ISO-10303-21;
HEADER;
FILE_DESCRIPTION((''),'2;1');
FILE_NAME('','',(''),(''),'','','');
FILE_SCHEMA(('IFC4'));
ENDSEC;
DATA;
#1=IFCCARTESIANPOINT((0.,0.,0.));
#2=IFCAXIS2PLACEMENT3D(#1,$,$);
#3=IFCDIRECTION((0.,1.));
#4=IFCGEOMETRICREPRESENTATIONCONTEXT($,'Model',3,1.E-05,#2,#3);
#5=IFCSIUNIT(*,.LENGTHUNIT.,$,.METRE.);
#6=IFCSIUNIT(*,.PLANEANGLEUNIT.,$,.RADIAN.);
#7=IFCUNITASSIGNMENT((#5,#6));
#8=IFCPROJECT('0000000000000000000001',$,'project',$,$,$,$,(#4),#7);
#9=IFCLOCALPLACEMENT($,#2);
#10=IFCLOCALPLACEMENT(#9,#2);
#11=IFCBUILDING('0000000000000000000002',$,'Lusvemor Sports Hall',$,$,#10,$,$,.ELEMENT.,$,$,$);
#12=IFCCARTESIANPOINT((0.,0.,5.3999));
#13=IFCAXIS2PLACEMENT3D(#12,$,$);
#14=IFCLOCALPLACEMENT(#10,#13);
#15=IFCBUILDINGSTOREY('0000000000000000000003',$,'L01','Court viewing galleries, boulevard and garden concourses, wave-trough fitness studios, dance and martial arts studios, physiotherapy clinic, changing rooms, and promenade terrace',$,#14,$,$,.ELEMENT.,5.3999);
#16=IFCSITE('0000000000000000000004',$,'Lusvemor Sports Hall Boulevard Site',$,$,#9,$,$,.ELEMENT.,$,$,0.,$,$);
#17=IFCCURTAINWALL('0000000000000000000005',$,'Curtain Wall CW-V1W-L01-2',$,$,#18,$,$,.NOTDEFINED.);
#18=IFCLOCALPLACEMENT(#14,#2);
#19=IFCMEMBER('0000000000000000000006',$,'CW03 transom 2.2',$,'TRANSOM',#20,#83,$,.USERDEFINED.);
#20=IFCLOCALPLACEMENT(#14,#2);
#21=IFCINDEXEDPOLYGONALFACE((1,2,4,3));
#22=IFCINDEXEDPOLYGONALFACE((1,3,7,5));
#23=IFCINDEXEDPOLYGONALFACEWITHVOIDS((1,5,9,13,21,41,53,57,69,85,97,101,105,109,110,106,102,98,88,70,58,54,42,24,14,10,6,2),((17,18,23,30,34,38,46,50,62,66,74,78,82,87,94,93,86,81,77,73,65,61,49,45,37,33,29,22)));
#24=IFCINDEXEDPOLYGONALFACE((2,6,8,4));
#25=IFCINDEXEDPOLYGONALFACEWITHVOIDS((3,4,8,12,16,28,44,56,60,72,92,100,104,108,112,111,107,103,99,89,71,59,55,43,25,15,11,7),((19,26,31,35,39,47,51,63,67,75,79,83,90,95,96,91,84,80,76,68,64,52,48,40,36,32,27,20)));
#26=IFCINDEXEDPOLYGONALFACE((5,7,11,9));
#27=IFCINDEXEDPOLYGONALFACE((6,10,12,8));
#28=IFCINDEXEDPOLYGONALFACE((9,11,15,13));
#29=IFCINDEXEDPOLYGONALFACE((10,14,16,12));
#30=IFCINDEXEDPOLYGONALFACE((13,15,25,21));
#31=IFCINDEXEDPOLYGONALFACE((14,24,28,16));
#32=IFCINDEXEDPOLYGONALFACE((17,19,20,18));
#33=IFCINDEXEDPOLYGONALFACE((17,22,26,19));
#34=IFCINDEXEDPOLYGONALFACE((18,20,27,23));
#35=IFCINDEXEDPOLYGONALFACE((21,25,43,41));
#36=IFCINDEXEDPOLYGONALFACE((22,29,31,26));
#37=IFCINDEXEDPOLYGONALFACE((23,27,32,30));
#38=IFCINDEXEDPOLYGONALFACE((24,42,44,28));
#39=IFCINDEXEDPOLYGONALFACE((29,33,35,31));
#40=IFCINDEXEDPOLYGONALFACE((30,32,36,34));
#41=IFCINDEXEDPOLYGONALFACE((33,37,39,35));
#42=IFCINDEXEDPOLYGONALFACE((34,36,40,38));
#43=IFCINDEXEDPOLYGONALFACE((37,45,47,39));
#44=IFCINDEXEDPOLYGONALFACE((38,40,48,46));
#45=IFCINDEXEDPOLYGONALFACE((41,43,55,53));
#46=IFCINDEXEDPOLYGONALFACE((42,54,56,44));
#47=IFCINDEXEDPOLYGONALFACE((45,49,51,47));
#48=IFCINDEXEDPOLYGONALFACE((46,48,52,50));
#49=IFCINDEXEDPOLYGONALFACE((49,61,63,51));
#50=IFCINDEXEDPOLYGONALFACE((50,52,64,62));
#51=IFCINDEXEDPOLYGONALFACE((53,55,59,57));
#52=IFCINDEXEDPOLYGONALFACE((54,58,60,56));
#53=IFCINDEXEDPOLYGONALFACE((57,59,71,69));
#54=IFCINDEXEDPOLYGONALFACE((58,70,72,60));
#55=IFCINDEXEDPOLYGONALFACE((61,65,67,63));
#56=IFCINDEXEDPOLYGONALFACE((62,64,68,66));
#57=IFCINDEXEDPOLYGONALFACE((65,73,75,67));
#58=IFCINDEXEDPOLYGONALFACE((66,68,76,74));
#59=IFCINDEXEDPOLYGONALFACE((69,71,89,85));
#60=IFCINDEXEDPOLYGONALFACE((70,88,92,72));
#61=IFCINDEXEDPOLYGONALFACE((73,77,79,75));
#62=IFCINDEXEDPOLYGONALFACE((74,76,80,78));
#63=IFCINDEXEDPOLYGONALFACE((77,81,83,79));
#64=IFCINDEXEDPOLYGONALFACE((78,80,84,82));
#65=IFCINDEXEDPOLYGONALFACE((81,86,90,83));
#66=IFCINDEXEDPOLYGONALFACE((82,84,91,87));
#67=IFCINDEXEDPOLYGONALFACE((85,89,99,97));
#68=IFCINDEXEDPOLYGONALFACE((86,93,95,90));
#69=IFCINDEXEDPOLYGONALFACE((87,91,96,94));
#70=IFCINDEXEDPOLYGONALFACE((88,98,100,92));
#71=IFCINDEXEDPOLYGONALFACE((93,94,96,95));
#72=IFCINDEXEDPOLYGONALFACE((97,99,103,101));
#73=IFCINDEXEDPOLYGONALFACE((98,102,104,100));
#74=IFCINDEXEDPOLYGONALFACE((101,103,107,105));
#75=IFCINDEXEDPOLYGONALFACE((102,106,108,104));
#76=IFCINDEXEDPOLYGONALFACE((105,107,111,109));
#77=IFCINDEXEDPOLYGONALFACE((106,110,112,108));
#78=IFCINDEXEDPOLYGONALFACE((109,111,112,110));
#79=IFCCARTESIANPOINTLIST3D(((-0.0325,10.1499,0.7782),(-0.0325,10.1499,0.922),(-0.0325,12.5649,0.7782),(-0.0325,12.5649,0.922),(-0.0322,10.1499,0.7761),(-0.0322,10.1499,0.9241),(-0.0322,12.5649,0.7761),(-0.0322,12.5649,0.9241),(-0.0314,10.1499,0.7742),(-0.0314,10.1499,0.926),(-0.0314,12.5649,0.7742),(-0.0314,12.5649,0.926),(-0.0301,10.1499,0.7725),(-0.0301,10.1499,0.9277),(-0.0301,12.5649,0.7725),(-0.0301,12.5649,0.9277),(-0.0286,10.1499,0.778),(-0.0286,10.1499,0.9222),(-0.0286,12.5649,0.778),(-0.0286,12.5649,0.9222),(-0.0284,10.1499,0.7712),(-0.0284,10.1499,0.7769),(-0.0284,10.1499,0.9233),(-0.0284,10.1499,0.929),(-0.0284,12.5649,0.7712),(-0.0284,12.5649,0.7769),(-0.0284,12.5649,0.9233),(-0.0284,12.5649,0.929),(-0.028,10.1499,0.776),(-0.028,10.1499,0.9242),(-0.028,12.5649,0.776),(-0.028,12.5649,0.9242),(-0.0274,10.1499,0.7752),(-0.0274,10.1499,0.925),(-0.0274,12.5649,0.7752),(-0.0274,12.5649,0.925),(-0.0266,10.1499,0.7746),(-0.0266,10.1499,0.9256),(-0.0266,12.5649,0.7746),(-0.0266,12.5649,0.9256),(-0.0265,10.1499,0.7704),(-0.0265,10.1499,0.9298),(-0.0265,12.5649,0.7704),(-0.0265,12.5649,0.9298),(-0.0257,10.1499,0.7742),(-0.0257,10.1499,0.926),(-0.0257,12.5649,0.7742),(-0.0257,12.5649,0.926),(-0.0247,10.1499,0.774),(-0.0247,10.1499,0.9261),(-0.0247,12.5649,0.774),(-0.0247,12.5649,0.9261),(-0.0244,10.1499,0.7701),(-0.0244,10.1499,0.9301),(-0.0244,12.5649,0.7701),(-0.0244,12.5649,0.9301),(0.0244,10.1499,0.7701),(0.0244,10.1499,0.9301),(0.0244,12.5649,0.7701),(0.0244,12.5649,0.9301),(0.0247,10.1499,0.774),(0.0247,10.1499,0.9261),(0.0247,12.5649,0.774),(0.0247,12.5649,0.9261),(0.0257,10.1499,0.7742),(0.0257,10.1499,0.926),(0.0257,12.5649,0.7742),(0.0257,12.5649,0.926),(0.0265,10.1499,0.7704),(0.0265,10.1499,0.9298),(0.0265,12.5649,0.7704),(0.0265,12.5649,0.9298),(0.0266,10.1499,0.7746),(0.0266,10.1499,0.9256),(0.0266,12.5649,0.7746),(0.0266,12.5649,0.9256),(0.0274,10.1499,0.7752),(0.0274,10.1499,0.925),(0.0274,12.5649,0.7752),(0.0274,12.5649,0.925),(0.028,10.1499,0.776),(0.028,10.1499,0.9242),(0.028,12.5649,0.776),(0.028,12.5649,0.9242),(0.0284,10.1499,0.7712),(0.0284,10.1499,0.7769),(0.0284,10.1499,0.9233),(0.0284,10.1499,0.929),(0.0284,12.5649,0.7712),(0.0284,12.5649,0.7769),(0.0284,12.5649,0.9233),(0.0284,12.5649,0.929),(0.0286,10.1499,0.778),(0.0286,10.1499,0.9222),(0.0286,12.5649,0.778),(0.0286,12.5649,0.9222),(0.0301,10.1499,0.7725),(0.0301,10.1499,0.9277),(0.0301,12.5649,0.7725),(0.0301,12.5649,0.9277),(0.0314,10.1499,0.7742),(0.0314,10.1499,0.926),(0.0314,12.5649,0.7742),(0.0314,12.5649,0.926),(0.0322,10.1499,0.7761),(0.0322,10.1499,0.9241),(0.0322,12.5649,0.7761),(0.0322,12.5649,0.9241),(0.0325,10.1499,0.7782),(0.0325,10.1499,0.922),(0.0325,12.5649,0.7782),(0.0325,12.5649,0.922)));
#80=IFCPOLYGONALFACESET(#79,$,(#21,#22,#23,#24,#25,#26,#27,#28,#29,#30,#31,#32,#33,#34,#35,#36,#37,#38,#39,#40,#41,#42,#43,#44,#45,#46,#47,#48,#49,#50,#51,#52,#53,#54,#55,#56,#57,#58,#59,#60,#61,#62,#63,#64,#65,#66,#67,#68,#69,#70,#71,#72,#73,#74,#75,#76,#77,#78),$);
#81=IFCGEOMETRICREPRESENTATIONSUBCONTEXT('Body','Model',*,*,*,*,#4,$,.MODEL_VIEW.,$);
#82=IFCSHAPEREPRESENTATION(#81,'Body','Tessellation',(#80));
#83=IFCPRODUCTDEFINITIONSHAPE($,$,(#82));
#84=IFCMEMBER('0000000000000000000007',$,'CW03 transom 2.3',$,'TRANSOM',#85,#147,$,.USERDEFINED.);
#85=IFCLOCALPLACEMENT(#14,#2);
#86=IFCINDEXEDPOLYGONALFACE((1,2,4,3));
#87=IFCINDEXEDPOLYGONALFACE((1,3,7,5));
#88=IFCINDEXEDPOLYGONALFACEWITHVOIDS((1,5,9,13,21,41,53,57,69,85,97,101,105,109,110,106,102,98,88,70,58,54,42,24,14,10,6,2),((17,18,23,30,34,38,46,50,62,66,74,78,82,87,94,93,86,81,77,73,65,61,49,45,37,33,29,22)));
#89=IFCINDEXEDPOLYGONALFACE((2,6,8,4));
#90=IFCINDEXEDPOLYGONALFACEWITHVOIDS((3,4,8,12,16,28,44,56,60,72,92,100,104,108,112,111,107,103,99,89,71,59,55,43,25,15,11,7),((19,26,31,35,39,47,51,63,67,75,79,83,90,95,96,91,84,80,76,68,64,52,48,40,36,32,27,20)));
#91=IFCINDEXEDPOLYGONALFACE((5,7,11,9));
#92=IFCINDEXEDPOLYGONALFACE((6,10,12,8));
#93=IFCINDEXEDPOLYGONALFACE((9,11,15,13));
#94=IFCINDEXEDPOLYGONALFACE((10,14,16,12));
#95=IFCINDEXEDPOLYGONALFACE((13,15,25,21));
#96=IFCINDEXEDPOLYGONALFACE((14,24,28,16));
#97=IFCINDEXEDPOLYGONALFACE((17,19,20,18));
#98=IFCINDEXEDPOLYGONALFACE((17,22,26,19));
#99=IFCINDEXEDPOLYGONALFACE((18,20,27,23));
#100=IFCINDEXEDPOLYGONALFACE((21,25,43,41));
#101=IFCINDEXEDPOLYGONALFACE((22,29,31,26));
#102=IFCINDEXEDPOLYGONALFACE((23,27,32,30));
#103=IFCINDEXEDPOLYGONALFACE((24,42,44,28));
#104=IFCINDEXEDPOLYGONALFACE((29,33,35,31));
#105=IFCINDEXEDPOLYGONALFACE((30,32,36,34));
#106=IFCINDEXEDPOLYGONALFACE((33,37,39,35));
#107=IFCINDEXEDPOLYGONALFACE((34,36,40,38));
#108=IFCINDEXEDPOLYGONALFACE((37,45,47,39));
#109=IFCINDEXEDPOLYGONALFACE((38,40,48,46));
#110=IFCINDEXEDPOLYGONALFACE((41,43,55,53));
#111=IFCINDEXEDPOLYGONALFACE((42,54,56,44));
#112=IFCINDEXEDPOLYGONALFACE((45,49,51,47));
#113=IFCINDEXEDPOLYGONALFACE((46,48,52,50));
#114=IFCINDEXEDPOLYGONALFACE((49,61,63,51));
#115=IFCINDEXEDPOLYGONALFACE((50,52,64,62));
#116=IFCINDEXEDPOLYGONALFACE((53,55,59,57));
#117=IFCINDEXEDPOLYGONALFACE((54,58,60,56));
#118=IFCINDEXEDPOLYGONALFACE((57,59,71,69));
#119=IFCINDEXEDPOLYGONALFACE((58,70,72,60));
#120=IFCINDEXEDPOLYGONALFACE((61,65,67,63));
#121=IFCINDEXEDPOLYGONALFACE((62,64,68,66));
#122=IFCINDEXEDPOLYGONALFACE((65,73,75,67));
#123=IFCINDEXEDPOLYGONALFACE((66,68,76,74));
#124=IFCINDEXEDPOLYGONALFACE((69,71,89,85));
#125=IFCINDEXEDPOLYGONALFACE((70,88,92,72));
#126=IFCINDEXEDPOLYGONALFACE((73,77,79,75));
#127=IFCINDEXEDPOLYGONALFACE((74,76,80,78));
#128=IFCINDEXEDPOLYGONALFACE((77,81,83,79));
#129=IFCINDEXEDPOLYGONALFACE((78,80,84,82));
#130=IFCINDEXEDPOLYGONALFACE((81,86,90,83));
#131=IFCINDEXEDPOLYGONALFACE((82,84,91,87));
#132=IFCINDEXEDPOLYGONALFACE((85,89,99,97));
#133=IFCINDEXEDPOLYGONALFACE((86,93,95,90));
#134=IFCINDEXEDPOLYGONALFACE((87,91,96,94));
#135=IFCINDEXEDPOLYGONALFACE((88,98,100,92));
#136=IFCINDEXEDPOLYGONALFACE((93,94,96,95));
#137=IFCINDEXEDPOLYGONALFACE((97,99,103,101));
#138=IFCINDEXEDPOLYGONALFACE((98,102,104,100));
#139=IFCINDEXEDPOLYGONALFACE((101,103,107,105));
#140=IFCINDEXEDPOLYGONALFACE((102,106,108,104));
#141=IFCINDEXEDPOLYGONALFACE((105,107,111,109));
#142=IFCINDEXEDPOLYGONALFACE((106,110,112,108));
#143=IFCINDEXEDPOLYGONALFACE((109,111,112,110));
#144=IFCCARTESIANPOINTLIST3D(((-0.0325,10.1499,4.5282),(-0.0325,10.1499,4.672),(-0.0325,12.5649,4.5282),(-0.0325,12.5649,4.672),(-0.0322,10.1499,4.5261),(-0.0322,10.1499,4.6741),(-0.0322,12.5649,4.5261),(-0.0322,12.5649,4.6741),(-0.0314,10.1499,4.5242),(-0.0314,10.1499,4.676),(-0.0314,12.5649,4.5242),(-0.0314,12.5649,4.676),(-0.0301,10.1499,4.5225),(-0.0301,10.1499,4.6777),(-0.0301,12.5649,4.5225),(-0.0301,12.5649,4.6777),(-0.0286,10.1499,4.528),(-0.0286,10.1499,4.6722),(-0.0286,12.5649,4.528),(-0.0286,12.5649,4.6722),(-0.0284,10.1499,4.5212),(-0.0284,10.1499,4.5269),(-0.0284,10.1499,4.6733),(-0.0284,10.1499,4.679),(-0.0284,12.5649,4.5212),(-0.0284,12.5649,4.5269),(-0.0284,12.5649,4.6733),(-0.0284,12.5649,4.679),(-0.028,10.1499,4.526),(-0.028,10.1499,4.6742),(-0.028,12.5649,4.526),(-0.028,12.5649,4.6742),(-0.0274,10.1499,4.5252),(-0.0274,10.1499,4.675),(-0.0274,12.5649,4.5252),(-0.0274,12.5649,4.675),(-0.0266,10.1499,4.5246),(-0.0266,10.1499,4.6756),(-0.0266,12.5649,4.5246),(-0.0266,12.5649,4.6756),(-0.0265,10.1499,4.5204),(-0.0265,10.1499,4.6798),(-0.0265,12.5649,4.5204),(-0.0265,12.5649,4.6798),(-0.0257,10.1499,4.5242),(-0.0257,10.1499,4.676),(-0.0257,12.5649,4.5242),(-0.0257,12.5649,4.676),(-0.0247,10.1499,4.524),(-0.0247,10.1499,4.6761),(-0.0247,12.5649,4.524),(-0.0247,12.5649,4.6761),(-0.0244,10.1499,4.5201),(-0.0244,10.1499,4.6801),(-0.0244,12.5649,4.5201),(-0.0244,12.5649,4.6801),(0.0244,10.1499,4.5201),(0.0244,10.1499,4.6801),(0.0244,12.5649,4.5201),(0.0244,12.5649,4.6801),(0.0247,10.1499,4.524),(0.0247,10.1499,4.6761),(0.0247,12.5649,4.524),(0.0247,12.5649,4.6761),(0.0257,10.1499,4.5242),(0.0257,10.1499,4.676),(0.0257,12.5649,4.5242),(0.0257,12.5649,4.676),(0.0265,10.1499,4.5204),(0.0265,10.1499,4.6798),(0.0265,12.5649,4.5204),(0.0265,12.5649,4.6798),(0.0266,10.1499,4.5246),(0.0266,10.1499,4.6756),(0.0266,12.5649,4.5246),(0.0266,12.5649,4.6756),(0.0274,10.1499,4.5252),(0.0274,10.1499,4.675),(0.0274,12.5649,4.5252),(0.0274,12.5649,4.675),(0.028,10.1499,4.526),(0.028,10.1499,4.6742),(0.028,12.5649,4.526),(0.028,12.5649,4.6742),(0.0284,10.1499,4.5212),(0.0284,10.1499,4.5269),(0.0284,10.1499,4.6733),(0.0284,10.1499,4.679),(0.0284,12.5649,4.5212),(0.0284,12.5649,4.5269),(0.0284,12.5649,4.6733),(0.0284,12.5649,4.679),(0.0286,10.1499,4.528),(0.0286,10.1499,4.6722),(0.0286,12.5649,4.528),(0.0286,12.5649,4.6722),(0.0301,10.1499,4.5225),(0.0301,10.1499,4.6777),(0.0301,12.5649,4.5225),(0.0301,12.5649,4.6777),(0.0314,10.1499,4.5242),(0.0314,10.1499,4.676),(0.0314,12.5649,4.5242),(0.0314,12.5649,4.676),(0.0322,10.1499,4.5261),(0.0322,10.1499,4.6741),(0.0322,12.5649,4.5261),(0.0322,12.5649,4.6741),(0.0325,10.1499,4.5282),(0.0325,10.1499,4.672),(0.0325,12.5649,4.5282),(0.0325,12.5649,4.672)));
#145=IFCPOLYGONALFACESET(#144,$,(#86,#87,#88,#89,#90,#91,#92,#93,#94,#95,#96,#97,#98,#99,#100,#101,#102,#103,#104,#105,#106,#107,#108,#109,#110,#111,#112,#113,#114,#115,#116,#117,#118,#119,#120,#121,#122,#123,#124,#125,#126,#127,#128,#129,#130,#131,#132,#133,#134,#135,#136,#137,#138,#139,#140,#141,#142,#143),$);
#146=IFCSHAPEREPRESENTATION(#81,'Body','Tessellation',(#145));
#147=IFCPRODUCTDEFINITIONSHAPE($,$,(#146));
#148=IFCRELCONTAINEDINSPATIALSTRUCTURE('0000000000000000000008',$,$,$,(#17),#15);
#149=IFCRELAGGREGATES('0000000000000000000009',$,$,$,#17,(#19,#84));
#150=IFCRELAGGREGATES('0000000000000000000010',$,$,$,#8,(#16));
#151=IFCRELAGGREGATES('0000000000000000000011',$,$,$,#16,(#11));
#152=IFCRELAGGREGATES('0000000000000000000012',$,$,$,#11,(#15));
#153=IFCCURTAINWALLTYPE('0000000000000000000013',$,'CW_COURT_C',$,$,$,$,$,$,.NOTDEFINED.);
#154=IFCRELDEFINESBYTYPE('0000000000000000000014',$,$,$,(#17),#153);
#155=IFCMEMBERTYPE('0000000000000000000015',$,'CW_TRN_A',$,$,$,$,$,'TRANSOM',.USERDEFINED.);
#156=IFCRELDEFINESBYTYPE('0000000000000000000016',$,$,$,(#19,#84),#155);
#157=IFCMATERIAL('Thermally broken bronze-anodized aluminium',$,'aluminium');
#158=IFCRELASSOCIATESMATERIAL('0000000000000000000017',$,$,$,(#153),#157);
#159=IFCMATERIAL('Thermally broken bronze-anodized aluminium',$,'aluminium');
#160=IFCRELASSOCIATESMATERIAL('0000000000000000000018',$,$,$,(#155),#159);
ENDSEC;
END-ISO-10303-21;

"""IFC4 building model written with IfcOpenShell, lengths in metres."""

from ifc_helpers import new_model, si_unit, direction, frame, origin, origin_2d, place, context, subcontext, project, spatial, hollow_rectangle, extrude, material, material_profile, profile_set, type_object, element, aggregate, save


model = new_model("IFC4")

# Units and contexts
model_context = context("Model", 3, precision=1e-05, world=origin(), true_north=direction((0.0, 1.0)))
body_context = subcontext(model_context, "Body", "Model", "MODEL_VIEW")
ifc_project = project(units=[si_unit("LENGTHUNIT", "METRE"), si_unit("PLANEANGLEUNIT", "RADIAN")], contexts=[model_context])

# Site, building, storey
site_placement = place(None, origin())
site = spatial("IfcSite", under=ifc_project, at=site_placement, Name="Lusvemor Sports Hall Boulevard Site", CompositionType="ELEMENT", RefElevation=0.0)
building_placement = place(site_placement, origin())
building = spatial("IfcBuilding", under=site, at=building_placement, Name="Lusvemor Sports Hall", CompositionType="ELEMENT")
storey_placement = place(building_placement, frame((0.0, 0.0, 5.3999)))
storey = spatial("IfcBuildingStorey", under=building, at=storey_placement, Name="L01", Description="Court viewing galleries, boulevard and garden concourses, wave-trough fitness studios, dance and martial arts studios, physiotherapy clinic, changing rooms, and promenade terrace", CompositionType="ELEMENT", Elevation=5.3999)

# Curtain wall, members
ifc_material_1 = material(Name="Thermally broken bronze-anodized aluminium", Category="aluminium")
curtain_wall_type = type_object("IfcCurtainWallType", Name="CW_COURT_C", PredefinedType="NOTDEFINED", material=ifc_material_1)
curtain_wall_placement = place(storey_placement, origin())
curtain_wall = element("IfcCurtainWall", 1, at=curtain_wall_placement, inside=storey, type_object=curtain_wall_type, Name="Curtain Wall CW-V1W-L01-2", PredefinedType="NOTDEFINED")
ifc_material_2 = material(Name="Thermally broken bronze-anodized aluminium", Category="aluminium")
ifc_material_profile_1 = material_profile(ifc_material_2, hollow_rectangle(XDim=0.0649, YDim=0.1599, WallThickness=0.0039, InnerFilletRadius=0.0039, OuterFilletRadius=0.0081, at=origin_2d()), Name="CWTRN160x65x4")
ifc_profile_set_1 = profile_set([ifc_material_profile_1], Name="Thermally broken bronze-anodized aluminium")
member_type_1 = type_object("IfcMemberType", Name="CW_TRN_A", ElementType="TRANSOM", PredefinedType="USERDEFINED", material=ifc_profile_set_1)
member_1_placement = place(storey_placement, frame((0.0, 10.1499, 0.8501), z_axis=(0.0, 1.0, 0.0), x_axis=(-1.0, 0.0, 0.0)))
member_1 = element("IfcMember", 2, at=member_1_placement, type_object=member_type_1, Name="CW03 transom 2.2", ObjectType="TRANSOM", PredefinedType="USERDEFINED", context=body_context, shape_type="SweptSolid", body=[
    extrude(hollow_rectangle(XDim=0.0649, YDim=0.1599, WallThickness=0.0039, InnerFilletRadius=0.0039, OuterFilletRadius=0.0081, at=origin_2d()), origin(), (0.0, 0.0, 1.0), 2.415),
])
member_2_placement = place(storey_placement, frame((0.0, 10.1499, 4.6001), z_axis=(0.0, 1.0, 0.0), x_axis=(-1.0, 0.0, 0.0)))
member_2 = element("IfcMember", 3, at=member_2_placement, type_object=member_type_1, Name="CW03 transom 2.3", ObjectType="TRANSOM", PredefinedType="USERDEFINED", context=body_context, shape_type="SweptSolid", body=[
    extrude(hollow_rectangle(XDim=0.0649, YDim=0.1599, WallThickness=0.0039, InnerFilletRadius=0.0039, OuterFilletRadius=0.0081, at=origin_2d()), origin(), (0.0, 0.0, 1.0), 2.415),
])
aggregate(curtain_wall, [member_1, member_2])

save(model, "model.ifc")
